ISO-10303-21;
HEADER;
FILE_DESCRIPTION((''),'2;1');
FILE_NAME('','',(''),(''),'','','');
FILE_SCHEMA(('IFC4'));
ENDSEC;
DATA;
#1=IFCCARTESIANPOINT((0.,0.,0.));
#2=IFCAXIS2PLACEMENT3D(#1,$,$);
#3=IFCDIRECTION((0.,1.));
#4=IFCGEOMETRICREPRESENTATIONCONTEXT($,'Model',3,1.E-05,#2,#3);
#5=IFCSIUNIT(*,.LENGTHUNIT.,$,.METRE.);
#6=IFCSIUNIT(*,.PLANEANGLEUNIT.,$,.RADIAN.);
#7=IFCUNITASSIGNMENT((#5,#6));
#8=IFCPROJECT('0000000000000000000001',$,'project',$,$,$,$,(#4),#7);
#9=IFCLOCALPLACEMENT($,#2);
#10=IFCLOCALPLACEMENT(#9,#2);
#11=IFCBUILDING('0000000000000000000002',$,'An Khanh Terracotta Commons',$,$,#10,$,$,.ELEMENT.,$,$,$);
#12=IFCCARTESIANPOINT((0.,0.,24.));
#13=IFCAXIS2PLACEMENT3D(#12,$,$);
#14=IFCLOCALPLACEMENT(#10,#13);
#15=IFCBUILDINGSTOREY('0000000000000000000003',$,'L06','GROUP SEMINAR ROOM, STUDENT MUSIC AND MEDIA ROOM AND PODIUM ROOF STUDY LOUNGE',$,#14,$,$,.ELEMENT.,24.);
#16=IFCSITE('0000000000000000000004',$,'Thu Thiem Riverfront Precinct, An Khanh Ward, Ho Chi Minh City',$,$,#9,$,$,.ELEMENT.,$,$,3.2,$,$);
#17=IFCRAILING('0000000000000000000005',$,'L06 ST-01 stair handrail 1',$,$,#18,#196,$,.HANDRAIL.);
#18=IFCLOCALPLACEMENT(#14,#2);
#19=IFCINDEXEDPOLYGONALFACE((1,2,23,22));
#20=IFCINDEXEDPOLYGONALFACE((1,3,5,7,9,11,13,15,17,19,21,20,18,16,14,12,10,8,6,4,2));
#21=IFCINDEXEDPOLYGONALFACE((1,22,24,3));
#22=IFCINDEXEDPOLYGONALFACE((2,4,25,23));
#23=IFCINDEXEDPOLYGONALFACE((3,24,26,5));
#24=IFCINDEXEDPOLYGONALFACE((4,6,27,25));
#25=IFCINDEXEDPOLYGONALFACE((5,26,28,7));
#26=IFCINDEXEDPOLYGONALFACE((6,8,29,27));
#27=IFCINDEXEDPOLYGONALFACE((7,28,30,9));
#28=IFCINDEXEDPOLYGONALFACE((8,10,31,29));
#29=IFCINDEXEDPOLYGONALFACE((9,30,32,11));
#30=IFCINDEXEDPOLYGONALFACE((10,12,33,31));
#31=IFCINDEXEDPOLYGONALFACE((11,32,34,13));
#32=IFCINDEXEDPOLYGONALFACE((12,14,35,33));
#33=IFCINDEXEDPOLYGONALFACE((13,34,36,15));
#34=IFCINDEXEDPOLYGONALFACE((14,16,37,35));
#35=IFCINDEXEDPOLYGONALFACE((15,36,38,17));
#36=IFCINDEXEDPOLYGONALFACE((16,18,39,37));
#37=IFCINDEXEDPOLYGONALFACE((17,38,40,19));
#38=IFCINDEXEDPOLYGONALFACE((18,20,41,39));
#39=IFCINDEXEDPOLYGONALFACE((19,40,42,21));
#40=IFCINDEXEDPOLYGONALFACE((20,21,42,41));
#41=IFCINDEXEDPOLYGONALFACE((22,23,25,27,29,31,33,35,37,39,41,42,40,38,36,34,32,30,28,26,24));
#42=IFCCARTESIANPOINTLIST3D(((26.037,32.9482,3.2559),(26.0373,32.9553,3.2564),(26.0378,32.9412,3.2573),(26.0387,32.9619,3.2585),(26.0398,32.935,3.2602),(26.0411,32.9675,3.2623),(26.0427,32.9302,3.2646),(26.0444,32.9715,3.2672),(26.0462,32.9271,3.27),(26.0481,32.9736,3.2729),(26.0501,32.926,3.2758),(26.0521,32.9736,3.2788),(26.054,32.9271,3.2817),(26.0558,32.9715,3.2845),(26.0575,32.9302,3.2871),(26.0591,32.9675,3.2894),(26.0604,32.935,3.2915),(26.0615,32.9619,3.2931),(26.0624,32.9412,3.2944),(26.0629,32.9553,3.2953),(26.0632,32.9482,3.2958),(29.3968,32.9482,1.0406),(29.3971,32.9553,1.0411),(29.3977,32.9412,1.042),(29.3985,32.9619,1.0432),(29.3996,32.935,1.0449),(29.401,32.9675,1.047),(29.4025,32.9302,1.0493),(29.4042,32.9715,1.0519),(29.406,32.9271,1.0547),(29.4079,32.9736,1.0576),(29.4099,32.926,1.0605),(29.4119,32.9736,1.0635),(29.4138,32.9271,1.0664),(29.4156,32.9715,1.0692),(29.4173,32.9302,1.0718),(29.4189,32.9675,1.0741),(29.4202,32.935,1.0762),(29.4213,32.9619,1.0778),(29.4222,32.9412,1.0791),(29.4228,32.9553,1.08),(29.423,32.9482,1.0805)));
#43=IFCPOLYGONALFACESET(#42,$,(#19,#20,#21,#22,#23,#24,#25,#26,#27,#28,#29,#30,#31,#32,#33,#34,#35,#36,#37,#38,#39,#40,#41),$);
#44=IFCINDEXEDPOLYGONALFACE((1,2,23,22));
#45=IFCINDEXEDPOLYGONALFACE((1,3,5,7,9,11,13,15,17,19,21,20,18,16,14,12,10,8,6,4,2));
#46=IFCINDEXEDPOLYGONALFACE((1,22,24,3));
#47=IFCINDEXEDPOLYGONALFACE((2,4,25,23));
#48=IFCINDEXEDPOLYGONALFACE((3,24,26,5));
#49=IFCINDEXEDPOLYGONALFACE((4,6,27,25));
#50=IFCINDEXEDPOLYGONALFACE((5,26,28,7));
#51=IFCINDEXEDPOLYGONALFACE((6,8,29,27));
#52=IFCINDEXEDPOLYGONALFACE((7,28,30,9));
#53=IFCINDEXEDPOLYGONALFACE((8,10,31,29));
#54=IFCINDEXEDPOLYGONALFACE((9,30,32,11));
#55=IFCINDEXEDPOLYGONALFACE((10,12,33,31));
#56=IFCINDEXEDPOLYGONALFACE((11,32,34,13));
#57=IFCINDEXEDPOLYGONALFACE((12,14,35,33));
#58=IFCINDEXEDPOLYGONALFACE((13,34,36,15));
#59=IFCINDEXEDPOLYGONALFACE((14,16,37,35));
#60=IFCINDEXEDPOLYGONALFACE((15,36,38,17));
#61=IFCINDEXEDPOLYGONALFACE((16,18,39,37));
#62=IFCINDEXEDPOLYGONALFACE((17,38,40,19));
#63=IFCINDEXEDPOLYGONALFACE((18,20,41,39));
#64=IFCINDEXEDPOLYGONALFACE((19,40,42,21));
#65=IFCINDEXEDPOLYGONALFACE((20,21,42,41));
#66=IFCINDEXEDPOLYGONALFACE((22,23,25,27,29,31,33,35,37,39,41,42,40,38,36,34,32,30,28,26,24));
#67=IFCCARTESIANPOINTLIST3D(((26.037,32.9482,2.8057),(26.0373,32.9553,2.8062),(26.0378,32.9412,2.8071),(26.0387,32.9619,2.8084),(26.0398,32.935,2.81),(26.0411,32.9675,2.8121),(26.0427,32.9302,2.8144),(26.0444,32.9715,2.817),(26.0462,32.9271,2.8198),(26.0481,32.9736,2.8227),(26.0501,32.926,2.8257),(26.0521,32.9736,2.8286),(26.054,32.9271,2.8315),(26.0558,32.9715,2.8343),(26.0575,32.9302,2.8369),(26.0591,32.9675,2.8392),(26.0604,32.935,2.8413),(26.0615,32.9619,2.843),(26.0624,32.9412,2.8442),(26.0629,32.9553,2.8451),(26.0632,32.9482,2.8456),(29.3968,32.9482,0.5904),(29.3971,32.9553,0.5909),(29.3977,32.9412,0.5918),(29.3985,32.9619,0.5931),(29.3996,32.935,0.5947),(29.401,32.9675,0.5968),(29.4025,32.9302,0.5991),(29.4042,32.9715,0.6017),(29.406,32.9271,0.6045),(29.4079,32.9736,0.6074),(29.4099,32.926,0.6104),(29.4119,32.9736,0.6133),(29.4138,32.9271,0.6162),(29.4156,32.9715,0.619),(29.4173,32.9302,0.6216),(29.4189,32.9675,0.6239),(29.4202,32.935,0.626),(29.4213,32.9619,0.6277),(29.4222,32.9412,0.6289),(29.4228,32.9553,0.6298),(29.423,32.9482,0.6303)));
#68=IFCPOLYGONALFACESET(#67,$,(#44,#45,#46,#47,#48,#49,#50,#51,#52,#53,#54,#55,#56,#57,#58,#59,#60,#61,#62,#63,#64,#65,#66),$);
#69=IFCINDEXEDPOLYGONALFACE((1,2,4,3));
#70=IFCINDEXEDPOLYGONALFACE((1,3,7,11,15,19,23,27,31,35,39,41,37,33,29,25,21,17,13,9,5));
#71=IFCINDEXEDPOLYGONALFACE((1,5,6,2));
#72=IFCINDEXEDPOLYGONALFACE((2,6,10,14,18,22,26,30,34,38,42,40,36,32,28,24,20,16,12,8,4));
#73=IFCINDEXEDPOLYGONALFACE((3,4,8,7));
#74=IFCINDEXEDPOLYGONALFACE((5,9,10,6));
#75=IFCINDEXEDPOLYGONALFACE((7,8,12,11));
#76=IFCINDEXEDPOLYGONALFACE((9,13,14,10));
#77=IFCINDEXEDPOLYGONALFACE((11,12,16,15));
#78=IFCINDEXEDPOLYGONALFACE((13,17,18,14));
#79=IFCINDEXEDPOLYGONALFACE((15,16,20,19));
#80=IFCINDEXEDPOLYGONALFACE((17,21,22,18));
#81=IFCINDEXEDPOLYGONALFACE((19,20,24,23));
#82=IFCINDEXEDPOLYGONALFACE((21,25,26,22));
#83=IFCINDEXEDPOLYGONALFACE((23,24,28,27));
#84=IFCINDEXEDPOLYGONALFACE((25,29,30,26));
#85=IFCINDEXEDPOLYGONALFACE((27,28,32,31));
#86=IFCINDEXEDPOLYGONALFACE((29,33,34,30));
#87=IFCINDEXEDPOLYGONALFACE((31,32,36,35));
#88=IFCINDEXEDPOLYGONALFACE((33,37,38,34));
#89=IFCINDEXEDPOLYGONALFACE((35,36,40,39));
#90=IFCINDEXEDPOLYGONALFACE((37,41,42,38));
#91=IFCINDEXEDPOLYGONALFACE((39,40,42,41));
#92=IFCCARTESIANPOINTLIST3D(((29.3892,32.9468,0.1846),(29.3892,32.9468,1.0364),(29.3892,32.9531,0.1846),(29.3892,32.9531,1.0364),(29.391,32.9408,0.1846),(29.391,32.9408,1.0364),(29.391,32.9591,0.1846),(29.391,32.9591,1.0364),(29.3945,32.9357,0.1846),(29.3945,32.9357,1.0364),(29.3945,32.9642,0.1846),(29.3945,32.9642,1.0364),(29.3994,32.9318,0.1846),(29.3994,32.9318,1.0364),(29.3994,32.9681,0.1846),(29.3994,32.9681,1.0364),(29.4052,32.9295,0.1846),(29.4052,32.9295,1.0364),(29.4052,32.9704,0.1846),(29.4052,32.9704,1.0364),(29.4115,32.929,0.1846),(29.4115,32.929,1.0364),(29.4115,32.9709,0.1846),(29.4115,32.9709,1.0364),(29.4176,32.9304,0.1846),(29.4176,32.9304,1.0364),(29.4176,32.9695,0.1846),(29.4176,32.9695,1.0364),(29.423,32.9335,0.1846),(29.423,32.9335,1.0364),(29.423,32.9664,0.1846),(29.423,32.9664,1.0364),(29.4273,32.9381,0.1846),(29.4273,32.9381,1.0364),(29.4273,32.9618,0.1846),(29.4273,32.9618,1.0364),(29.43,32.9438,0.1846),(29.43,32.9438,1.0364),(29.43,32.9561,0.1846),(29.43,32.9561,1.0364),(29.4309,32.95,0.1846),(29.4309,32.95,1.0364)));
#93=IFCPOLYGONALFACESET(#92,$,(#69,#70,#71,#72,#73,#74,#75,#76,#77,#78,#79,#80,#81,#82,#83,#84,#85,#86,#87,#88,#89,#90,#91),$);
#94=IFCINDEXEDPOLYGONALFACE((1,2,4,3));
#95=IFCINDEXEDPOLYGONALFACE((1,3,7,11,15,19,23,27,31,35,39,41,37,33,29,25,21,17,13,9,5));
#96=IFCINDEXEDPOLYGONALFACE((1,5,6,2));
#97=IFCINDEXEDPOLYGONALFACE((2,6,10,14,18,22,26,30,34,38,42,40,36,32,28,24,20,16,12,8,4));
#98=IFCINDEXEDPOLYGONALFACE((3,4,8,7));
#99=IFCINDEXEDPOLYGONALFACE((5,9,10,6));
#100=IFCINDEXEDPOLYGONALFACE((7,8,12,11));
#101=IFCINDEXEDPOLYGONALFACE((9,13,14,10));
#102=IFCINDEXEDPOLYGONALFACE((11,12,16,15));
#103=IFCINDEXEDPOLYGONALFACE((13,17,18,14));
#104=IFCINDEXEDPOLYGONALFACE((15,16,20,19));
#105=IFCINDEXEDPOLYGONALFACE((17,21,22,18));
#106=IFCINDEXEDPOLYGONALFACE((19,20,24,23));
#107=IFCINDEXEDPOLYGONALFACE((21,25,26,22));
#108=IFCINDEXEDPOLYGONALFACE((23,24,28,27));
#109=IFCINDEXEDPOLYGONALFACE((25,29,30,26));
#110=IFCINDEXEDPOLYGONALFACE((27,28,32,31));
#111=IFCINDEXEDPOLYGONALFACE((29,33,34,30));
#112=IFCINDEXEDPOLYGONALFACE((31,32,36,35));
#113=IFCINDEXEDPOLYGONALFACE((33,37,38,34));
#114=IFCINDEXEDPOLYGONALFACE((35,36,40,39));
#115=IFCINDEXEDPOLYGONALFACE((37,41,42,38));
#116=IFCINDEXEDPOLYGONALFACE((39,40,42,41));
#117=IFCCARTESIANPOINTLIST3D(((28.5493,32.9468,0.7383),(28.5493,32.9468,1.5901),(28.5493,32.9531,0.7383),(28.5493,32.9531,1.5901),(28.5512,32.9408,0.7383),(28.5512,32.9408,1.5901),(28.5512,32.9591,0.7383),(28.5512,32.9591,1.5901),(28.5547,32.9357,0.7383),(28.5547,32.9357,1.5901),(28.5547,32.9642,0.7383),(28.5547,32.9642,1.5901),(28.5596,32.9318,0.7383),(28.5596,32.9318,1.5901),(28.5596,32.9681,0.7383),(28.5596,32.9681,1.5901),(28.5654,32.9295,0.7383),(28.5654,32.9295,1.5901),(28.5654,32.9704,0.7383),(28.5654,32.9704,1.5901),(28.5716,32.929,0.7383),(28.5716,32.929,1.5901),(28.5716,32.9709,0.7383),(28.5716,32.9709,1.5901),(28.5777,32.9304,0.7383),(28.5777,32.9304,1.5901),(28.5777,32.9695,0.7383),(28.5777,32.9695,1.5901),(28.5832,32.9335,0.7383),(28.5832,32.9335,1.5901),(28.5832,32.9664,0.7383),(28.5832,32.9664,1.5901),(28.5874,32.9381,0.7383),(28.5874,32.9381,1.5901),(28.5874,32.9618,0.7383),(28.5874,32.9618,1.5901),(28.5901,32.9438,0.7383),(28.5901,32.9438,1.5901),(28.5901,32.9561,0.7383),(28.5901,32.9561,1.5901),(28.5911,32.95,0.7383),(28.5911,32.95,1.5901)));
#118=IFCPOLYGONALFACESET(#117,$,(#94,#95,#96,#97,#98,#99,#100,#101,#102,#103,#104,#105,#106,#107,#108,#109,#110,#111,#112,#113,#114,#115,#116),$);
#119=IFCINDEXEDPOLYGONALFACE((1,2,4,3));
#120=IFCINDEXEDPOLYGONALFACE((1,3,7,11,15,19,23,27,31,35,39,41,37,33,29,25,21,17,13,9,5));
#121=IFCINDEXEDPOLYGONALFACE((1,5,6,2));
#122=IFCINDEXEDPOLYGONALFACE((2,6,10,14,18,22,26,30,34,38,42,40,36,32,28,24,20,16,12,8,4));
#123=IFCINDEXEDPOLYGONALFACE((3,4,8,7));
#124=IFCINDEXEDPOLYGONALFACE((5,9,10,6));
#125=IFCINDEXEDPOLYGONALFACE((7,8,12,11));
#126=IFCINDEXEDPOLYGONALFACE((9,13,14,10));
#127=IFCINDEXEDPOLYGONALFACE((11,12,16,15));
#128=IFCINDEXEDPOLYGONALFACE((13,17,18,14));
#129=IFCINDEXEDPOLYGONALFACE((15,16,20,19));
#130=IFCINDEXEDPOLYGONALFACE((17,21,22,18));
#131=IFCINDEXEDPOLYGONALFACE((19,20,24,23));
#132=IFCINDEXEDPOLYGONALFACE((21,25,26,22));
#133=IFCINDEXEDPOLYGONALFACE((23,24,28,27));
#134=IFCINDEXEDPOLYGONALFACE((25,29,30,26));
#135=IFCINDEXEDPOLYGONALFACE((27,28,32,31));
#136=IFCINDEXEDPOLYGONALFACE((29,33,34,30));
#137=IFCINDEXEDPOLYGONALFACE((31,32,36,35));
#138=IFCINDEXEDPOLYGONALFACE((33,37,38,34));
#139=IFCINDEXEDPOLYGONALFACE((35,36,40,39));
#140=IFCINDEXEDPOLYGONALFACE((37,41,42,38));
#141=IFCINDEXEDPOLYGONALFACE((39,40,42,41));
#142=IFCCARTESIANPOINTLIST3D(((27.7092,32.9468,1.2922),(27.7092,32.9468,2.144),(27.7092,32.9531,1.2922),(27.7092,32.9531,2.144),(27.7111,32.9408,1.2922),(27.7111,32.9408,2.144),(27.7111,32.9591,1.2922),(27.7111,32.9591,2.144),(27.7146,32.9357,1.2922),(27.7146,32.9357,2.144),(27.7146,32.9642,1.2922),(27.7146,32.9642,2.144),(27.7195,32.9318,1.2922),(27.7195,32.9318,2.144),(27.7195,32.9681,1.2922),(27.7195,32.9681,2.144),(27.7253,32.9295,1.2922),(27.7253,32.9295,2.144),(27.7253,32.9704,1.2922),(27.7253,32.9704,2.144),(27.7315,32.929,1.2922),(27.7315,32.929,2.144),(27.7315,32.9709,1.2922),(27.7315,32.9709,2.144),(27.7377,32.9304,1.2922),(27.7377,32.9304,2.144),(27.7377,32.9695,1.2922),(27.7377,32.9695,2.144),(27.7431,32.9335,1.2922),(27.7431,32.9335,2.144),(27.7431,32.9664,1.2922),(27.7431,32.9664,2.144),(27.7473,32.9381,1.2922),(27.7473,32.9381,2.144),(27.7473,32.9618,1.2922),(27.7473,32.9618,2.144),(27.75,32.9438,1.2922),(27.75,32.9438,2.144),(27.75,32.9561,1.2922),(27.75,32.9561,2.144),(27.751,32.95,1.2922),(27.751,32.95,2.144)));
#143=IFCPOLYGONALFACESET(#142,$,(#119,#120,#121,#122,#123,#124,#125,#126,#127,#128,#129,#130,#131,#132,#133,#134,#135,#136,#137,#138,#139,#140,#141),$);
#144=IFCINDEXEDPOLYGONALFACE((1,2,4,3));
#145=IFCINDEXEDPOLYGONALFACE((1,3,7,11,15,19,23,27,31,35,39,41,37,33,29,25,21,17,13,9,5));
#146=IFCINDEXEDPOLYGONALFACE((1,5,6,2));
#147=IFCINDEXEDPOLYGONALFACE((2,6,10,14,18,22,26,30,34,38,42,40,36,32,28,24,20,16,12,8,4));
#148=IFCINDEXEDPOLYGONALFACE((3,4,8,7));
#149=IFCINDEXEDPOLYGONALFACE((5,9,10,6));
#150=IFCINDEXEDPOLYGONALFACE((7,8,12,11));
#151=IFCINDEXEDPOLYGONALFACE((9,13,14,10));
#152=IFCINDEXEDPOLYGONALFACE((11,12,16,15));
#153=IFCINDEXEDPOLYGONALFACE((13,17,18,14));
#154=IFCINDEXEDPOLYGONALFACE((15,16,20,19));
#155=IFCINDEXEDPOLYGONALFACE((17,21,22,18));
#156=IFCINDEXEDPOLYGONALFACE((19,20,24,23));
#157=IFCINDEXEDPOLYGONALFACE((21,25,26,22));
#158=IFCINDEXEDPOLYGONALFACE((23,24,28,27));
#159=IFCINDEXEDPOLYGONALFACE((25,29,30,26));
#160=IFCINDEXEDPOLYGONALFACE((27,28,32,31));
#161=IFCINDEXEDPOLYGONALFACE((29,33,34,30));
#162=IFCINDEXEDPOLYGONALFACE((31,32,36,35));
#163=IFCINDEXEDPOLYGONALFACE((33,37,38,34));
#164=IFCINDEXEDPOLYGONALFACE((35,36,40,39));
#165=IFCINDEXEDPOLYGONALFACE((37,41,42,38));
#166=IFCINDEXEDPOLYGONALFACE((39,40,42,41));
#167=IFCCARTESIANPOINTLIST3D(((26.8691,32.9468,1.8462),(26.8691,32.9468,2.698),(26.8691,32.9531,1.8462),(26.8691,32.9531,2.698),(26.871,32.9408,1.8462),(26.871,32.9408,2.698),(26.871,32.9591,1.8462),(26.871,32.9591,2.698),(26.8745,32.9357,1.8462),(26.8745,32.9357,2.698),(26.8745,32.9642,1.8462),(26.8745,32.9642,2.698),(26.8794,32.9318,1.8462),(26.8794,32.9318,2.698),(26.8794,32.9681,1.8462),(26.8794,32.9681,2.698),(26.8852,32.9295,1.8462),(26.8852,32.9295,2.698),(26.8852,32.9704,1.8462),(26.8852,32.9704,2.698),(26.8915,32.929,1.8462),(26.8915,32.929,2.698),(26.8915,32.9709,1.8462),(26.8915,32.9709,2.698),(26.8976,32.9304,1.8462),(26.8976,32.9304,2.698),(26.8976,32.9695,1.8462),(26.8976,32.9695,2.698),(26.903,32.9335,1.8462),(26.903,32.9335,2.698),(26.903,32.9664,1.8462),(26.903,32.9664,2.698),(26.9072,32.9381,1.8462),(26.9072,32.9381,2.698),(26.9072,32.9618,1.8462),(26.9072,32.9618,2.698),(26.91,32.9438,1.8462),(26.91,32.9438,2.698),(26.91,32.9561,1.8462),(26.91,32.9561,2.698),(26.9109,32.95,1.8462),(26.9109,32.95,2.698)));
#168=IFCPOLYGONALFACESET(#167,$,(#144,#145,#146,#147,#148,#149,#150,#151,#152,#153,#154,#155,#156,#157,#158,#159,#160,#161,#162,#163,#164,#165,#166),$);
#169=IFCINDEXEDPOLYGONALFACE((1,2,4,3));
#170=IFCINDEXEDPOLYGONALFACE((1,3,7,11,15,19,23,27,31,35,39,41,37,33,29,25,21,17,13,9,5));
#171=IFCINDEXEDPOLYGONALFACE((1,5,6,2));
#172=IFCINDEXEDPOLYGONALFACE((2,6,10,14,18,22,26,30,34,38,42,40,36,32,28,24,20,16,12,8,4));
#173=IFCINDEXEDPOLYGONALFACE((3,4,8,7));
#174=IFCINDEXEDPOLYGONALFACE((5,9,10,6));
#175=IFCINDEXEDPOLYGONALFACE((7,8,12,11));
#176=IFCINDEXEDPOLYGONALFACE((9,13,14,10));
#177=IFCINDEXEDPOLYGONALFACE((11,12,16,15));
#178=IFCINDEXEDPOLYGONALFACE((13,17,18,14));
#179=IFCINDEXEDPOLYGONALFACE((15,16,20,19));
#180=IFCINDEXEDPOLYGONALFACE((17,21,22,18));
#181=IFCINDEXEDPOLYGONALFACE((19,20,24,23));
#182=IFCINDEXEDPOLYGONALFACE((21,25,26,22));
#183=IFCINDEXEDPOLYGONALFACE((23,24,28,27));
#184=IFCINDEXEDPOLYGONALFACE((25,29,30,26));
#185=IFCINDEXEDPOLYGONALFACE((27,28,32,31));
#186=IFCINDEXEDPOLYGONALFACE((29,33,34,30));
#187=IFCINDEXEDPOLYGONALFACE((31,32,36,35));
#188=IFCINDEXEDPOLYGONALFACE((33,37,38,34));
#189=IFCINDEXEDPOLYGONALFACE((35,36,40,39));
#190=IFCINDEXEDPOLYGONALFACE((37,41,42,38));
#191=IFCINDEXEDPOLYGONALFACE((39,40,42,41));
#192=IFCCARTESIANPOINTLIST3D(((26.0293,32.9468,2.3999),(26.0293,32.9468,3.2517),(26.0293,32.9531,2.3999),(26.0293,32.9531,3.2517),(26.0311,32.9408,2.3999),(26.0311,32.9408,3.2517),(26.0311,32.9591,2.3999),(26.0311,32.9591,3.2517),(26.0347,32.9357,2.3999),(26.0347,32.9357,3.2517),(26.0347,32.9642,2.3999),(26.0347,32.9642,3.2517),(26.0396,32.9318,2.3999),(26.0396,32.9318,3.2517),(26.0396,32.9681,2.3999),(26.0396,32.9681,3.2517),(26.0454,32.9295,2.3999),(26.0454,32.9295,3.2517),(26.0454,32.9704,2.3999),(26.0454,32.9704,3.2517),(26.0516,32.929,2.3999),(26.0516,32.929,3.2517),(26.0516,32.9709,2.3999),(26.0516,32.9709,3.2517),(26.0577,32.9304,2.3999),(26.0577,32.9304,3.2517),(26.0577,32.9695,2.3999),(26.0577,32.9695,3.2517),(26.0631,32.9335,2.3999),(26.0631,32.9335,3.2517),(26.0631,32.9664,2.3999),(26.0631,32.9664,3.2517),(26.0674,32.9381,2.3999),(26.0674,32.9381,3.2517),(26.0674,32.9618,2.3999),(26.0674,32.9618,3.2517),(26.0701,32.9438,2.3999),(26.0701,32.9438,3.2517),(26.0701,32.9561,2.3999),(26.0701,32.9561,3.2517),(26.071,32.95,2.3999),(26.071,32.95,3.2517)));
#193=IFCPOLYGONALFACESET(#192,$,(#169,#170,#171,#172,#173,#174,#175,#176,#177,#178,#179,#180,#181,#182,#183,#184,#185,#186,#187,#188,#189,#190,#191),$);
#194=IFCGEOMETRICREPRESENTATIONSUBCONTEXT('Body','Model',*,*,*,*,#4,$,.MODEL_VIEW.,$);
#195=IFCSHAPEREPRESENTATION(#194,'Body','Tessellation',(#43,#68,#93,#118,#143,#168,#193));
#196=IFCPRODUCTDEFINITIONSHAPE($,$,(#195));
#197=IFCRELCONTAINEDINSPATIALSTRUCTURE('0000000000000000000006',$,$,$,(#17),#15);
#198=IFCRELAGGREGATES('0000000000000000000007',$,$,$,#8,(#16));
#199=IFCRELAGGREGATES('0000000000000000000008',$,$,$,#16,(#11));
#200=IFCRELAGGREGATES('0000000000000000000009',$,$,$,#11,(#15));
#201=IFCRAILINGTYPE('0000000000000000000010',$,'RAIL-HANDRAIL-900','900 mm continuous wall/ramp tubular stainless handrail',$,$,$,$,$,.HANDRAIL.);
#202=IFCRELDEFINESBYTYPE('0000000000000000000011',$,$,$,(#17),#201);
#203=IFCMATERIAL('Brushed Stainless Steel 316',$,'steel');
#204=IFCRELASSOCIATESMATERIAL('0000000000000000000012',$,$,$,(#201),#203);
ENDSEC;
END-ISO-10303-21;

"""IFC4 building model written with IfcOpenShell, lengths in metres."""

from ifc_helpers import new_model, si_unit, direction, frame, origin, origin_2d, place, context, subcontext, project, spatial, circle, extrude, material, type_object, element, save


model = new_model("IFC4")

# Units and contexts
model_context = context("Model", 3, precision=1e-05, world=origin(), true_north=direction((0.0, 1.0)))
body_context = subcontext(model_context, "Body", "Model", "MODEL_VIEW")
ifc_project = project(units=[si_unit("LENGTHUNIT", "METRE"), si_unit("PLANEANGLEUNIT", "RADIAN")], contexts=[model_context])

# Site, building, storey
site_placement = place(None, origin())
site = spatial("IfcSite", under=ifc_project, at=site_placement, Name="Thu Thiem Riverfront Precinct, An Khanh Ward, Ho Chi Minh City", CompositionType="ELEMENT", RefElevation=3.2)
building_placement = place(site_placement, origin())
building = spatial("IfcBuilding", under=site, at=building_placement, Name="An Khanh Terracotta Commons", CompositionType="ELEMENT")
storey_placement = place(building_placement, frame((0.0, 0.0, 24.0)))
storey = spatial("IfcBuildingStorey", under=building, at=storey_placement, Name="L06", Description="GROUP SEMINAR ROOM, STUDENT MUSIC AND MEDIA ROOM AND PODIUM ROOF STUDY LOUNGE", CompositionType="ELEMENT", Elevation=24.0)

# Railing
ifc_material_1 = material(Name="Brushed Stainless Steel 316", Category="steel")
railing_type_1 = type_object("IfcRailingType", Name="RAIL-HANDRAIL-900", Description="900 mm continuous wall/ramp tubular stainless handrail", PredefinedType="HANDRAIL", material=ifc_material_1)
railing_1_placement = place(storey_placement, frame((29.4099, 32.95, 0.1846)))
element("IfcRailing", 1, at=railing_1_placement, inside=storey, type_object=railing_type_1, Name="L06 ST-01 stair handrail 1", PredefinedType="HANDRAIL", context=body_context, shape_type="SweptSolid", body=[
    extrude(circle(Radius=0.0239, at=origin_2d()), frame((0.0, 0.0, 0.876), z_axis=(-0.834858, 0.0, 0.550465), x_axis=(0.0, -1.0, 0.0)), (0.0, 0.0, 1.0), 4.0244),
    extrude(circle(Radius=0.0239, at=origin_2d()), frame((0.0, 0.0, 0.4258), z_axis=(-0.834858, 0.0, 0.550465), x_axis=(0.0, -1.0, 0.0)), (0.0, 0.0, 1.0), 4.0244),
    extrude(circle(Radius=0.021, at=origin_2d()), origin(), (0.0, 0.0, 1.0), 0.8518),
    extrude(circle(Radius=0.021, at=origin_2d()), frame((-0.8398, 0.0, 0.5537)), (0.0, 0.0, 1.0), 0.8518),
    extrude(circle(Radius=0.021, at=origin_2d()), frame((-1.6799, 0.0, 1.1077)), (0.0, 0.0, 1.0), 0.8518),
    extrude(circle(Radius=0.021, at=origin_2d()), frame((-2.52, 0.0, 1.6616)), (0.0, 0.0, 1.0), 0.8518),
    extrude(circle(Radius=0.021, at=origin_2d()), frame((-3.3599, 0.0, 2.2153)), (0.0, 0.0, 1.0), 0.8518),
])

save(model, "model.ifc")
